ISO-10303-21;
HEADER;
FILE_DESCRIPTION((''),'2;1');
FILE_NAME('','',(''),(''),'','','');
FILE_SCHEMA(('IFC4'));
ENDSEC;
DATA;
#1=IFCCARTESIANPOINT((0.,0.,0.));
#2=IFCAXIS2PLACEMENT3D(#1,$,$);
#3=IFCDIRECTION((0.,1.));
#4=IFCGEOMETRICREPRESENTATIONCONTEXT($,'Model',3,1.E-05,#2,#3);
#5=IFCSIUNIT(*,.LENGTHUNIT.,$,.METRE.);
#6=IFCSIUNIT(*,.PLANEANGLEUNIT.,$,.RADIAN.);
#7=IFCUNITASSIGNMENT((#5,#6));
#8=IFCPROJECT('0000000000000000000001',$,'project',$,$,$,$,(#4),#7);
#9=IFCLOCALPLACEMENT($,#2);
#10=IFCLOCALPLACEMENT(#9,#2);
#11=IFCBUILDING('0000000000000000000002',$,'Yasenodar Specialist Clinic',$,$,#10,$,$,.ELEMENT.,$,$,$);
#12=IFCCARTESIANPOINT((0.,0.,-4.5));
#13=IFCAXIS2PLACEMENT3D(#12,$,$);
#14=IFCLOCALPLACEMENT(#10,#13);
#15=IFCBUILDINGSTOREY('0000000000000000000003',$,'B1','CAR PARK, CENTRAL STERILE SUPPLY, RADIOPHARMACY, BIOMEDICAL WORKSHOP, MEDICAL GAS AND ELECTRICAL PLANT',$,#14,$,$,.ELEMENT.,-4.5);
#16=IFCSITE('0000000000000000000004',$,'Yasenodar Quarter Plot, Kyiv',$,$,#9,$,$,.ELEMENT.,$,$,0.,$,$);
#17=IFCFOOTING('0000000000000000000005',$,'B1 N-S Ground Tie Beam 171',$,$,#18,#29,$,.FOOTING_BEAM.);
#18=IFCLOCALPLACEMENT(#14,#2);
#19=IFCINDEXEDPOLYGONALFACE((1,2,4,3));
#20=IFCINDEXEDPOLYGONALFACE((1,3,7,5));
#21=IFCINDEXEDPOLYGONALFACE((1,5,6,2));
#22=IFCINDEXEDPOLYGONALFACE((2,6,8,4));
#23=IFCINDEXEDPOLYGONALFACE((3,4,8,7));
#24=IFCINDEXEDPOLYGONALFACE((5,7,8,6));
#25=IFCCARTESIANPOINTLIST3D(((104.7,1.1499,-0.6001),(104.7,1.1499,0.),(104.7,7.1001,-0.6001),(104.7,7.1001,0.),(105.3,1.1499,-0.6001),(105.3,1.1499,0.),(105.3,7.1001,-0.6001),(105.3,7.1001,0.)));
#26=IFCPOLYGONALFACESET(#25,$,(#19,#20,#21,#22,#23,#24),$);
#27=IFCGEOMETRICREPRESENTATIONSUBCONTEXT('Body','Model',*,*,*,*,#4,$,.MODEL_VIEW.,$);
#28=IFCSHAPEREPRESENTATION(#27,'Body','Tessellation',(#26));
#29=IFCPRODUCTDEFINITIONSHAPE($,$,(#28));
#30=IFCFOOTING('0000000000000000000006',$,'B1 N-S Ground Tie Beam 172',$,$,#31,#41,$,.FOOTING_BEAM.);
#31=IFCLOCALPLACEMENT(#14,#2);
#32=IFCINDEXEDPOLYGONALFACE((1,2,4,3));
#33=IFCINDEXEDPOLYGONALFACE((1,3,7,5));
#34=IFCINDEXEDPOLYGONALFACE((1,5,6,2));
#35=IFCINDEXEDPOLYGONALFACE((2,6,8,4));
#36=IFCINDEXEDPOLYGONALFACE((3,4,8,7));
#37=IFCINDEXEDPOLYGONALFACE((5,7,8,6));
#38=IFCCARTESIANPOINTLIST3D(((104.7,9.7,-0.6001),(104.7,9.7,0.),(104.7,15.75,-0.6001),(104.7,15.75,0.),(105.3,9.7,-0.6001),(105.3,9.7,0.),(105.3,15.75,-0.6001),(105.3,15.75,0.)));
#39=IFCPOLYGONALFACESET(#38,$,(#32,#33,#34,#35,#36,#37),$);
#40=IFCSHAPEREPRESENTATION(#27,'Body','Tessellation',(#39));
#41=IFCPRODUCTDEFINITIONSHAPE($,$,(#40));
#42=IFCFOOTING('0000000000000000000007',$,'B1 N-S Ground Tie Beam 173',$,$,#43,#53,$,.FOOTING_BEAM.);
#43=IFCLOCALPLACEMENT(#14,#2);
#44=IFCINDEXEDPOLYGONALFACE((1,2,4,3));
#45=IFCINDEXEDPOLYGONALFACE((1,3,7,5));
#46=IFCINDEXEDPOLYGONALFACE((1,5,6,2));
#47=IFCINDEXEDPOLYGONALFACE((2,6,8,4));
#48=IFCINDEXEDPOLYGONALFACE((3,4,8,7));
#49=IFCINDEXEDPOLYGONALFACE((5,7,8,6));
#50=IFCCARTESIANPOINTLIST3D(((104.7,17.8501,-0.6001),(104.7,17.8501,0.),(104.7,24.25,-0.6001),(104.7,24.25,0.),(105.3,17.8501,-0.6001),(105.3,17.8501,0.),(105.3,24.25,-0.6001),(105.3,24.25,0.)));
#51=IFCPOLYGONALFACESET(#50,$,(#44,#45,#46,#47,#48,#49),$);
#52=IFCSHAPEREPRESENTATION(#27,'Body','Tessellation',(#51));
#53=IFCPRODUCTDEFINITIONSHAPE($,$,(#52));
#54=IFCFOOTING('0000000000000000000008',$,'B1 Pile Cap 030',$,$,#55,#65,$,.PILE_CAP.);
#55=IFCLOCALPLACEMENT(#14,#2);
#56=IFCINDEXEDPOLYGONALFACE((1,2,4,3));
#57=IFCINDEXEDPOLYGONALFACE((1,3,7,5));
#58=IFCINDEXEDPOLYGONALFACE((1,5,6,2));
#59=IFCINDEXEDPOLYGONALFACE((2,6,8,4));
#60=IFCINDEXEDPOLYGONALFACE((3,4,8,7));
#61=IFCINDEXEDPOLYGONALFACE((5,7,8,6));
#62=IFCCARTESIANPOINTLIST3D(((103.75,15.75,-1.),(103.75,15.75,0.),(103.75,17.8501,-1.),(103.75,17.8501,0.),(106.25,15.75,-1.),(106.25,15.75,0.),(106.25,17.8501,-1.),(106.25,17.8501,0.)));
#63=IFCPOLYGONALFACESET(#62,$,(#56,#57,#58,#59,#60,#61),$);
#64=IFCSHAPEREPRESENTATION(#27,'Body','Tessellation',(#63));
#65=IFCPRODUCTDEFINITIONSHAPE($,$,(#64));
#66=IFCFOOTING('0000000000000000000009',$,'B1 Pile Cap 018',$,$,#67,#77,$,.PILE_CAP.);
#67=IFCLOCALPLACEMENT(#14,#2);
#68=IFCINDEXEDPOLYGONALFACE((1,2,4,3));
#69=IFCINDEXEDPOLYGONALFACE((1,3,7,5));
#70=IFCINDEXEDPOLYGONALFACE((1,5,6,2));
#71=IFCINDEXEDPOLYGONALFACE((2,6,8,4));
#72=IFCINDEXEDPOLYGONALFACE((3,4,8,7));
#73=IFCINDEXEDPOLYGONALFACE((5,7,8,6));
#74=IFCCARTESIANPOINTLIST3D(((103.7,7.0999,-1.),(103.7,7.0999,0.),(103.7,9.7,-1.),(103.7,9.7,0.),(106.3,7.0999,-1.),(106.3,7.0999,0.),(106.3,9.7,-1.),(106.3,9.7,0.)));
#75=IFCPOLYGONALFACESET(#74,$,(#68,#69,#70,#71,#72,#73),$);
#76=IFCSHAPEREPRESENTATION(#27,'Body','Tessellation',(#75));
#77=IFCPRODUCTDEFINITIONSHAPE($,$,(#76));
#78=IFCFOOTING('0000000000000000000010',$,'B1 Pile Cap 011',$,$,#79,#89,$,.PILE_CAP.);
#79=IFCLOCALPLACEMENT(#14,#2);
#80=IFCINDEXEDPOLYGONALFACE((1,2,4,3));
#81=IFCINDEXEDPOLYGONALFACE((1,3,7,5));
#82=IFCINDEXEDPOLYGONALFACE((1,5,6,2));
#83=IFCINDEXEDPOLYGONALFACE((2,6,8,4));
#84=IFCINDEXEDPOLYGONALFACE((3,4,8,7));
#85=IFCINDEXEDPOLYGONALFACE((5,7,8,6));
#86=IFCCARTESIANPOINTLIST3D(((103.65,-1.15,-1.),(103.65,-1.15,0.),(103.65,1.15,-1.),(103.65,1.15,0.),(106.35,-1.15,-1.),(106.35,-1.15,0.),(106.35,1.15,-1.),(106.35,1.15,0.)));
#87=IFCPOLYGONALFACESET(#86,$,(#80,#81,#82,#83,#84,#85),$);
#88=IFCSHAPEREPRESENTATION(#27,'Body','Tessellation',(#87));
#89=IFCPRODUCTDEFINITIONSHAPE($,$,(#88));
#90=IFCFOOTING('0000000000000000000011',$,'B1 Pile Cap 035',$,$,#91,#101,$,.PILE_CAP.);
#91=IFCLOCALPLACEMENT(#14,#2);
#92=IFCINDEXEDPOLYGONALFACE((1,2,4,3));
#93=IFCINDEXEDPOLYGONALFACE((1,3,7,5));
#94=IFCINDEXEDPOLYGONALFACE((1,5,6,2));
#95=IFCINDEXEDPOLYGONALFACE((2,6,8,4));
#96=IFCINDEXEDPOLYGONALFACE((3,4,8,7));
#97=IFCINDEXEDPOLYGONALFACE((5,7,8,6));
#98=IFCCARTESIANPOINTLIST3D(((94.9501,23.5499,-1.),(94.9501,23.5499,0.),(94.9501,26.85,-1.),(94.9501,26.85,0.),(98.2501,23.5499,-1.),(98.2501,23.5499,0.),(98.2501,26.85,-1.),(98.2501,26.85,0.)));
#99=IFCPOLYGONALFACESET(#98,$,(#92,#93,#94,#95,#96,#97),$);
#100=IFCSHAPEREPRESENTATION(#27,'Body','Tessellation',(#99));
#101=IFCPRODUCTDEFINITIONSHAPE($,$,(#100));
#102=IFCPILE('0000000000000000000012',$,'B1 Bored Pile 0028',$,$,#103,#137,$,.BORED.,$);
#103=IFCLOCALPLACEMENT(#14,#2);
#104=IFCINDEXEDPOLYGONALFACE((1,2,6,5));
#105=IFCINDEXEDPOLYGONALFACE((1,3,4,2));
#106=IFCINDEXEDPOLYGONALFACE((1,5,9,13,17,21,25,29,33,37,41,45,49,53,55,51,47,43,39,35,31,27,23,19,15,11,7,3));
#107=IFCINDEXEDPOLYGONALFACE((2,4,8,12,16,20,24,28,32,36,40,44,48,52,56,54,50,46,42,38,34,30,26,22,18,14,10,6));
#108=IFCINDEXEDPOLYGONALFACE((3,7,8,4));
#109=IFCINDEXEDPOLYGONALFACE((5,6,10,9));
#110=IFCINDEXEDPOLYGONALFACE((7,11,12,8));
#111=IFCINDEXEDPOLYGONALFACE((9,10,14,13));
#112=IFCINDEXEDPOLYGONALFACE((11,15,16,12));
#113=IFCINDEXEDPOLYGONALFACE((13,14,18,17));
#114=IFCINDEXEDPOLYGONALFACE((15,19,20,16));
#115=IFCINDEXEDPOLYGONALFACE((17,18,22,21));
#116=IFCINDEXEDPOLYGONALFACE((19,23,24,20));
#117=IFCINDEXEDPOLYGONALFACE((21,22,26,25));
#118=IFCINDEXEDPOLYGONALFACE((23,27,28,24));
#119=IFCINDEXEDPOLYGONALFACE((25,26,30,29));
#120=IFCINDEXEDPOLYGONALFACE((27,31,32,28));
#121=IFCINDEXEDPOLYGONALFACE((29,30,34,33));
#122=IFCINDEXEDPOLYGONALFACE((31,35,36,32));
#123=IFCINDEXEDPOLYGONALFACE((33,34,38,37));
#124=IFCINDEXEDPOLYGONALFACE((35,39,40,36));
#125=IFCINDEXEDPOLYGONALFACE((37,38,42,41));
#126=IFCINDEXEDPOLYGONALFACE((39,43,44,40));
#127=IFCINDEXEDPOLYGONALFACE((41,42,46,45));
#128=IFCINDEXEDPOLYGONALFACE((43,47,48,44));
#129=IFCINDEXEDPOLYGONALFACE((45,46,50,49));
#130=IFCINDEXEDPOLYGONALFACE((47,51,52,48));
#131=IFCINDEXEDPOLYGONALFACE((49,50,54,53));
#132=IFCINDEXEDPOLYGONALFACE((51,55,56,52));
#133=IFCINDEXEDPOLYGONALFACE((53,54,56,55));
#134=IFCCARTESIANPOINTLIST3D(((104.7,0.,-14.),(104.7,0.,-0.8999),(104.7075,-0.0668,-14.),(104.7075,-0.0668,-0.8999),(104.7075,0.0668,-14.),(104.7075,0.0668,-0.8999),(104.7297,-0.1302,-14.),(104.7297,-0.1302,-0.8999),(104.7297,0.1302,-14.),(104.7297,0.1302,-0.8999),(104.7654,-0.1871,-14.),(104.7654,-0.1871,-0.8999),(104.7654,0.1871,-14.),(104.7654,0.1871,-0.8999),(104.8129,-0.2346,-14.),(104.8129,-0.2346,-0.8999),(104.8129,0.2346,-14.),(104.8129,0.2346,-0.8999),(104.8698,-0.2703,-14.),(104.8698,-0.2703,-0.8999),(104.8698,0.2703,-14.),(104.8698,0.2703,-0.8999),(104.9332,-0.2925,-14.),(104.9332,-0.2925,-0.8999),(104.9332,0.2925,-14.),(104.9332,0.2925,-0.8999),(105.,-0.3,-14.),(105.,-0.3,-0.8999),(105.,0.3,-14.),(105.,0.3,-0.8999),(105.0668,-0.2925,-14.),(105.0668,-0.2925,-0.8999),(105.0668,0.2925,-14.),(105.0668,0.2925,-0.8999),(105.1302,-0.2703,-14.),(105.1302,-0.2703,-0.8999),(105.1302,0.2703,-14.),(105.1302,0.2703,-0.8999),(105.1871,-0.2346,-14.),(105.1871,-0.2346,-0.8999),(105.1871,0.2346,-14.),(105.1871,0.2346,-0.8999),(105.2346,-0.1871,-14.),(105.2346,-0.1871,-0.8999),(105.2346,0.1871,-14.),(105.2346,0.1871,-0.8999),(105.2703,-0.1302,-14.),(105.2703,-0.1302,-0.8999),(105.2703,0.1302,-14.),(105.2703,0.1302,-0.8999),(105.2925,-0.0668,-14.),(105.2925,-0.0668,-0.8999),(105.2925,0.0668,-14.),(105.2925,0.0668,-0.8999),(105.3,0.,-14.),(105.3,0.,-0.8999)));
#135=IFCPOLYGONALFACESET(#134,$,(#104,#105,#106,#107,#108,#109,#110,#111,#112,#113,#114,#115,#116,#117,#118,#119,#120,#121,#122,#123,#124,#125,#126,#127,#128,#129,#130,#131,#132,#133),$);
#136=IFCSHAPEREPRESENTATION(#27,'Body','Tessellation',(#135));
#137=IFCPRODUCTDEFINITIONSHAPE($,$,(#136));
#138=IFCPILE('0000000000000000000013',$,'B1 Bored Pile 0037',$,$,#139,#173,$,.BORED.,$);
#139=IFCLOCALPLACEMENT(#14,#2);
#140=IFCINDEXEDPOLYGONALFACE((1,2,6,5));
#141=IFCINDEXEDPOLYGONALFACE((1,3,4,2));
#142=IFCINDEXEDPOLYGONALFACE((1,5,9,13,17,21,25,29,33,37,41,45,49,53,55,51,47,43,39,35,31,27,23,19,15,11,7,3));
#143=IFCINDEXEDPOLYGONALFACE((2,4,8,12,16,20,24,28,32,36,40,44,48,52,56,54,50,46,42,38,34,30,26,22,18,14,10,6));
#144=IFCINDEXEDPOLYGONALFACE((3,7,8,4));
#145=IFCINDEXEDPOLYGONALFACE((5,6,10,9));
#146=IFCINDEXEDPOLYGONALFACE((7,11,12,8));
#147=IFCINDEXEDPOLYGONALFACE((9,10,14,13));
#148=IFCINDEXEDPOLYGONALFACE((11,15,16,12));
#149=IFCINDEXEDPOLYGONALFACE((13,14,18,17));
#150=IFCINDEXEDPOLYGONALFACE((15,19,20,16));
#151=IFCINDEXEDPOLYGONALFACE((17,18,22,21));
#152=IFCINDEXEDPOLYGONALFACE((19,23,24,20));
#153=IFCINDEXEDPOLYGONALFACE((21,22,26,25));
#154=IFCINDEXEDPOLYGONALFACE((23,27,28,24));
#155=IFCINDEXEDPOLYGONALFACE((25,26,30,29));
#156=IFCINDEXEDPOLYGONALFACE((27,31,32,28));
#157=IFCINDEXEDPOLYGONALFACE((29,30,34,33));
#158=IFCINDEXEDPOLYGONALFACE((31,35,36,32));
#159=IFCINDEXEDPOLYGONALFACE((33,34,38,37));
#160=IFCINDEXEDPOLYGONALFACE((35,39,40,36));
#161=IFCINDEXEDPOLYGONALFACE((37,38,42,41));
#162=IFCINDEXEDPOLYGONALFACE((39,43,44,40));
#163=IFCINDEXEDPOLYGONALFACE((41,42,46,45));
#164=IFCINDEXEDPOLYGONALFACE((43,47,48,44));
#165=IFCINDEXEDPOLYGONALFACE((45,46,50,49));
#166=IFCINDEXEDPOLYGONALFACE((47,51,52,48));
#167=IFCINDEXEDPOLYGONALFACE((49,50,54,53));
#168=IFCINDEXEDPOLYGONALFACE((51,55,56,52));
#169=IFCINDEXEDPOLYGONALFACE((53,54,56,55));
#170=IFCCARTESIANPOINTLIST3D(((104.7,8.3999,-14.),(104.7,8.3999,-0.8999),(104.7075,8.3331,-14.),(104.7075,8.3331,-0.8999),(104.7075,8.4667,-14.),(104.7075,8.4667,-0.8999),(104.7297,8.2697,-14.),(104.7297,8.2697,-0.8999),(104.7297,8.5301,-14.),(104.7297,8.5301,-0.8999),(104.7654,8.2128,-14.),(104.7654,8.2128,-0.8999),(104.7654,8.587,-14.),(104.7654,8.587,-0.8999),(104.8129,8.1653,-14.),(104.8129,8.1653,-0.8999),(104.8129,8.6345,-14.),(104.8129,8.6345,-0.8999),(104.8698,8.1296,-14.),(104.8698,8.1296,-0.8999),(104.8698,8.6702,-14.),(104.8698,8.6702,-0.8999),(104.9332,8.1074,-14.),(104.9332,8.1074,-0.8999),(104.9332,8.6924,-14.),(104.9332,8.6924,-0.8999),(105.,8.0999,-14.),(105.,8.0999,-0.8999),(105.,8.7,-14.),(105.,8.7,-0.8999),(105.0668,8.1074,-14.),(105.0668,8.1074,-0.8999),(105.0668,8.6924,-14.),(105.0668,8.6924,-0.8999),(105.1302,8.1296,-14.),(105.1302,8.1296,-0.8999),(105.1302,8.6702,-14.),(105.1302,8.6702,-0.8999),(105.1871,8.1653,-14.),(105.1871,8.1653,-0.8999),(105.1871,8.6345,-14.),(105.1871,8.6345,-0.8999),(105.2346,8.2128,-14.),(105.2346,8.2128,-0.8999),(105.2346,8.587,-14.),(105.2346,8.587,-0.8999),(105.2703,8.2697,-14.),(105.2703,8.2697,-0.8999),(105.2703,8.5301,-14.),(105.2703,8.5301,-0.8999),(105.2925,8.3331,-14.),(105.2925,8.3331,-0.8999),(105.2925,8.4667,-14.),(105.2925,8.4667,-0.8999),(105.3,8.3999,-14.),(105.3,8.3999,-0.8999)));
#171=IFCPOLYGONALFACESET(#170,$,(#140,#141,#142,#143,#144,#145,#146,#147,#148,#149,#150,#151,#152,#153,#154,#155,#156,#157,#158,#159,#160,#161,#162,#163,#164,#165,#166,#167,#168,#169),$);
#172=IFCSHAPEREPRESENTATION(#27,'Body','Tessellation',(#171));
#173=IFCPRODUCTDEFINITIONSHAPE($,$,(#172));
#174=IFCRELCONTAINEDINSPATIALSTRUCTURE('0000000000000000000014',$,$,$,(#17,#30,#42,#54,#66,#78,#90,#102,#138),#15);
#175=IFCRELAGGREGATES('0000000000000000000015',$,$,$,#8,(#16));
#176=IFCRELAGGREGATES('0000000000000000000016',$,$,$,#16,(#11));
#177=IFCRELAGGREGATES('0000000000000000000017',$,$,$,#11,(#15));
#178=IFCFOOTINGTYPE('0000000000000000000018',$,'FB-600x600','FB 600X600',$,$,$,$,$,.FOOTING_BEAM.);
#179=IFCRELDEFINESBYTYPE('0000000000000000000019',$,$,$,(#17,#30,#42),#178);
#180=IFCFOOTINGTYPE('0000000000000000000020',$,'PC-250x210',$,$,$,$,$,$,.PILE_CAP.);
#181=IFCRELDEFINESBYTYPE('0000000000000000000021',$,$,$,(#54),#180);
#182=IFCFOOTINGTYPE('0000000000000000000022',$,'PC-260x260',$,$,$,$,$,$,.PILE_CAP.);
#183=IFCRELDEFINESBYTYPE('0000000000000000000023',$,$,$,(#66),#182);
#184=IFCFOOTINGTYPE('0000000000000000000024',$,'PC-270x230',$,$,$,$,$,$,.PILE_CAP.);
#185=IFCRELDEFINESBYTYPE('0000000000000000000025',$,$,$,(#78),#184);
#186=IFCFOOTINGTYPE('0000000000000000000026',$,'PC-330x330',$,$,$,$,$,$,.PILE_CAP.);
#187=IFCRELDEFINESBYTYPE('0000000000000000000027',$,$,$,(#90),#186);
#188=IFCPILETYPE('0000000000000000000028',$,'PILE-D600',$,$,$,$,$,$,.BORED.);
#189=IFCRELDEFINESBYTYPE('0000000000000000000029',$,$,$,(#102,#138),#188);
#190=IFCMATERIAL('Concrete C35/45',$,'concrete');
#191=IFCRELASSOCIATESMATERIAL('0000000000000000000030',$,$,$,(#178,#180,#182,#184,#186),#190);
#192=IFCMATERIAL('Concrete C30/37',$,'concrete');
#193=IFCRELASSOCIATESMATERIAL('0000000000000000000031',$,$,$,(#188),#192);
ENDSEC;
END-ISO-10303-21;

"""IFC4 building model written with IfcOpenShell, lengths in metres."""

from ifc_helpers import new_model, si_unit, direction, frame, origin, origin_2d, place, context, subcontext, project, spatial, rectangle, circle, extrude, material, material_profile, profile_set, type_object, element, save


model = new_model("IFC4")

# Units and contexts
model_context = context("Model", 3, precision=1e-05, world=origin(), true_north=direction((0.0, 1.0)))
body_context = subcontext(model_context, "Body", "Model", "MODEL_VIEW")
ifc_project = project(units=[si_unit("LENGTHUNIT", "METRE"), si_unit("PLANEANGLEUNIT", "RADIAN")], contexts=[model_context])

# Site, building, storey
site_placement = place(None, origin())
site = spatial("IfcSite", under=ifc_project, at=site_placement, Name="Yasenodar Quarter Plot, Kyiv", CompositionType="ELEMENT", RefElevation=0.0)
building_placement = place(site_placement, origin())
building = spatial("IfcBuilding", under=site, at=building_placement, Name="Yasenodar Specialist Clinic", CompositionType="ELEMENT")
storey_placement = place(building_placement, frame((0.0, 0.0, -4.5)))
storey = spatial("IfcBuildingStorey", under=building, at=storey_placement, Name="B1", Description="CAR PARK, CENTRAL STERILE SUPPLY, RADIOPHARMACY, BIOMEDICAL WORKSHOP, MEDICAL GAS AND ELECTRICAL PLANT", CompositionType="ELEMENT", Elevation=-4.5)

# Footings
ifc_material_1 = material(Name="Concrete C35/45", Category="concrete")
ifc_material_profile_1 = material_profile(ifc_material_1, rectangle(XDim=0.6001, YDim=0.6001, at=origin_2d()), Name="RC 600x600")
ifc_profile_set_1 = profile_set([ifc_material_profile_1], Name="Concrete C35/45")
footing_type_1 = type_object("IfcFootingType", Name="FB-600x600", Description="FB 600X600", PredefinedType="FOOTING_BEAM", material=ifc_profile_set_1)
footing_1_placement = place(storey_placement, frame((105.0, 1.1499, -0.3), z_axis=(0.0, 1.0, 0.0), x_axis=(-1.0, 0.0, 0.0)))
element("IfcFooting", 1, at=footing_1_placement, inside=storey, type_object=footing_type_1, Name="B1 N-S Ground Tie Beam 171", PredefinedType="FOOTING_BEAM", context=body_context, shape_type="SweptSolid", body=[
    extrude(rectangle(XDim=0.6001, YDim=0.6001, at=origin_2d()), origin(), (0.0, 0.0, 1.0), 5.9502),
])
footing_2_placement = place(storey_placement, frame((105.0, 9.7, -0.3), z_axis=(0.0, 1.0, 0.0), x_axis=(-1.0, 0.0, 0.0)))
element("IfcFooting", 2, at=footing_2_placement, inside=storey, type_object=footing_type_1, Name="B1 N-S Ground Tie Beam 172", PredefinedType="FOOTING_BEAM", context=body_context, shape_type="SweptSolid", body=[
    extrude(rectangle(XDim=0.6001, YDim=0.6001, at=origin_2d()), origin(), (0.0, 0.0, 1.0), 6.05),
])
footing_3_placement = place(storey_placement, frame((105.0, 17.8501, -0.3), z_axis=(0.0, 1.0, 0.0), x_axis=(-1.0, 0.0, 0.0)))
element("IfcFooting", 3, at=footing_3_placement, inside=storey, type_object=footing_type_1, Name="B1 N-S Ground Tie Beam 173", PredefinedType="FOOTING_BEAM", context=body_context, shape_type="SweptSolid", body=[
    extrude(rectangle(XDim=0.6001, YDim=0.6001, at=origin_2d()), origin(), (0.0, 0.0, 1.0), 6.3999),
])
footing_type_2 = type_object("IfcFootingType", Name="PC-250x210", PredefinedType="PILE_CAP", material=ifc_material_1)
footing_4_placement = place(storey_placement, frame((105.0, 16.8, -1.0), z_axis=(0.0, 0.0, 1.0), x_axis=(1.0, 0.0, 0.0)))
element("IfcFooting", 4, at=footing_4_placement, inside=storey, type_object=footing_type_2, Name="B1 Pile Cap 030", PredefinedType="PILE_CAP", context=body_context, shape_type="SweptSolid", body=[
    extrude(rectangle(XDim=2.5, YDim=2.1001, at=origin_2d()), origin(), (0.0, 0.0, 1.0), 1.0),
])
footing_type_3 = type_object("IfcFootingType", Name="PC-260x260", PredefinedType="PILE_CAP", material=ifc_material_1)
footing_5_placement = place(storey_placement, frame((105.0, 8.3999, -1.0), z_axis=(0.0, 0.0, 1.0), x_axis=(1.0, 0.0, 0.0)))
element("IfcFooting", 5, at=footing_5_placement, inside=storey, type_object=footing_type_3, Name="B1 Pile Cap 018", PredefinedType="PILE_CAP", context=body_context, shape_type="SweptSolid", body=[
    extrude(rectangle(XDim=2.6001, YDim=2.6001, at=origin_2d()), origin(), (0.0, 0.0, 1.0), 1.0),
])
footing_type_4 = type_object("IfcFootingType", Name="PC-270x230", PredefinedType="PILE_CAP", material=ifc_material_1)
footing_6_placement = place(storey_placement, frame((105.0, 0.0, -1.0), z_axis=(0.0, 0.0, 1.0), x_axis=(1.0, 0.0, 0.0)))
element("IfcFooting", 6, at=footing_6_placement, inside=storey, type_object=footing_type_4, Name="B1 Pile Cap 011", PredefinedType="PILE_CAP", context=body_context, shape_type="SweptSolid", body=[
    extrude(rectangle(XDim=2.7, YDim=2.3, at=origin_2d()), origin(), (0.0, 0.0, 1.0), 1.0),
])
footing_type_5 = type_object("IfcFootingType", Name="PC-330x330", PredefinedType="PILE_CAP", material=ifc_material_1)
footing_7_placement = place(storey_placement, frame((96.6001, 25.2, -1.0), z_axis=(0.0, 0.0, 1.0), x_axis=(1.0, 0.0, 0.0)))
element("IfcFooting", 7, at=footing_7_placement, inside=storey, type_object=footing_type_5, Name="B1 Pile Cap 035", PredefinedType="PILE_CAP", context=body_context, shape_type="SweptSolid", body=[
    extrude(rectangle(XDim=3.3, YDim=3.3, at=origin_2d()), origin(), (0.0, 0.0, 1.0), 1.0),
])

# Piles
ifc_material_2 = material(Name="Concrete C30/37", Category="concrete")
ifc_material_profile_2 = material_profile(ifc_material_2, circle(Radius=0.3, at=origin_2d()), Name="PILE D600")
ifc_profile_set_2 = profile_set([ifc_material_profile_2], Name="Concrete C30/37")
pile_type_1 = type_object("IfcPileType", Name="PILE-D600", PredefinedType="BORED", material=ifc_profile_set_2)
for number, where, z_axis, x_axis, name in (
    (8, (105.0, 0.0, -0.8999), (0.0, 0.0, -1.0), (1.0, 0.0, 0.0), "B1 Bored Pile 0028"),
    (9, (105.0, 8.3999, -0.8999), (0.0, 0.0, -1.0), (1.0, 0.0, 0.0), "B1 Bored Pile 0037"),
):
    element("IfcPile", number, at=place(storey_placement, frame(where, z_axis=z_axis, x_axis=x_axis)), inside=storey, type_object=pile_type_1, Name=name, PredefinedType="BORED", context=body_context, shape_type="SweptSolid", body=[
        extrude(circle(Radius=0.3, at=origin_2d()), origin(), (0.0, 0.0, 1.0), 13.1001),
    ])

save(model, "model.ifc")
